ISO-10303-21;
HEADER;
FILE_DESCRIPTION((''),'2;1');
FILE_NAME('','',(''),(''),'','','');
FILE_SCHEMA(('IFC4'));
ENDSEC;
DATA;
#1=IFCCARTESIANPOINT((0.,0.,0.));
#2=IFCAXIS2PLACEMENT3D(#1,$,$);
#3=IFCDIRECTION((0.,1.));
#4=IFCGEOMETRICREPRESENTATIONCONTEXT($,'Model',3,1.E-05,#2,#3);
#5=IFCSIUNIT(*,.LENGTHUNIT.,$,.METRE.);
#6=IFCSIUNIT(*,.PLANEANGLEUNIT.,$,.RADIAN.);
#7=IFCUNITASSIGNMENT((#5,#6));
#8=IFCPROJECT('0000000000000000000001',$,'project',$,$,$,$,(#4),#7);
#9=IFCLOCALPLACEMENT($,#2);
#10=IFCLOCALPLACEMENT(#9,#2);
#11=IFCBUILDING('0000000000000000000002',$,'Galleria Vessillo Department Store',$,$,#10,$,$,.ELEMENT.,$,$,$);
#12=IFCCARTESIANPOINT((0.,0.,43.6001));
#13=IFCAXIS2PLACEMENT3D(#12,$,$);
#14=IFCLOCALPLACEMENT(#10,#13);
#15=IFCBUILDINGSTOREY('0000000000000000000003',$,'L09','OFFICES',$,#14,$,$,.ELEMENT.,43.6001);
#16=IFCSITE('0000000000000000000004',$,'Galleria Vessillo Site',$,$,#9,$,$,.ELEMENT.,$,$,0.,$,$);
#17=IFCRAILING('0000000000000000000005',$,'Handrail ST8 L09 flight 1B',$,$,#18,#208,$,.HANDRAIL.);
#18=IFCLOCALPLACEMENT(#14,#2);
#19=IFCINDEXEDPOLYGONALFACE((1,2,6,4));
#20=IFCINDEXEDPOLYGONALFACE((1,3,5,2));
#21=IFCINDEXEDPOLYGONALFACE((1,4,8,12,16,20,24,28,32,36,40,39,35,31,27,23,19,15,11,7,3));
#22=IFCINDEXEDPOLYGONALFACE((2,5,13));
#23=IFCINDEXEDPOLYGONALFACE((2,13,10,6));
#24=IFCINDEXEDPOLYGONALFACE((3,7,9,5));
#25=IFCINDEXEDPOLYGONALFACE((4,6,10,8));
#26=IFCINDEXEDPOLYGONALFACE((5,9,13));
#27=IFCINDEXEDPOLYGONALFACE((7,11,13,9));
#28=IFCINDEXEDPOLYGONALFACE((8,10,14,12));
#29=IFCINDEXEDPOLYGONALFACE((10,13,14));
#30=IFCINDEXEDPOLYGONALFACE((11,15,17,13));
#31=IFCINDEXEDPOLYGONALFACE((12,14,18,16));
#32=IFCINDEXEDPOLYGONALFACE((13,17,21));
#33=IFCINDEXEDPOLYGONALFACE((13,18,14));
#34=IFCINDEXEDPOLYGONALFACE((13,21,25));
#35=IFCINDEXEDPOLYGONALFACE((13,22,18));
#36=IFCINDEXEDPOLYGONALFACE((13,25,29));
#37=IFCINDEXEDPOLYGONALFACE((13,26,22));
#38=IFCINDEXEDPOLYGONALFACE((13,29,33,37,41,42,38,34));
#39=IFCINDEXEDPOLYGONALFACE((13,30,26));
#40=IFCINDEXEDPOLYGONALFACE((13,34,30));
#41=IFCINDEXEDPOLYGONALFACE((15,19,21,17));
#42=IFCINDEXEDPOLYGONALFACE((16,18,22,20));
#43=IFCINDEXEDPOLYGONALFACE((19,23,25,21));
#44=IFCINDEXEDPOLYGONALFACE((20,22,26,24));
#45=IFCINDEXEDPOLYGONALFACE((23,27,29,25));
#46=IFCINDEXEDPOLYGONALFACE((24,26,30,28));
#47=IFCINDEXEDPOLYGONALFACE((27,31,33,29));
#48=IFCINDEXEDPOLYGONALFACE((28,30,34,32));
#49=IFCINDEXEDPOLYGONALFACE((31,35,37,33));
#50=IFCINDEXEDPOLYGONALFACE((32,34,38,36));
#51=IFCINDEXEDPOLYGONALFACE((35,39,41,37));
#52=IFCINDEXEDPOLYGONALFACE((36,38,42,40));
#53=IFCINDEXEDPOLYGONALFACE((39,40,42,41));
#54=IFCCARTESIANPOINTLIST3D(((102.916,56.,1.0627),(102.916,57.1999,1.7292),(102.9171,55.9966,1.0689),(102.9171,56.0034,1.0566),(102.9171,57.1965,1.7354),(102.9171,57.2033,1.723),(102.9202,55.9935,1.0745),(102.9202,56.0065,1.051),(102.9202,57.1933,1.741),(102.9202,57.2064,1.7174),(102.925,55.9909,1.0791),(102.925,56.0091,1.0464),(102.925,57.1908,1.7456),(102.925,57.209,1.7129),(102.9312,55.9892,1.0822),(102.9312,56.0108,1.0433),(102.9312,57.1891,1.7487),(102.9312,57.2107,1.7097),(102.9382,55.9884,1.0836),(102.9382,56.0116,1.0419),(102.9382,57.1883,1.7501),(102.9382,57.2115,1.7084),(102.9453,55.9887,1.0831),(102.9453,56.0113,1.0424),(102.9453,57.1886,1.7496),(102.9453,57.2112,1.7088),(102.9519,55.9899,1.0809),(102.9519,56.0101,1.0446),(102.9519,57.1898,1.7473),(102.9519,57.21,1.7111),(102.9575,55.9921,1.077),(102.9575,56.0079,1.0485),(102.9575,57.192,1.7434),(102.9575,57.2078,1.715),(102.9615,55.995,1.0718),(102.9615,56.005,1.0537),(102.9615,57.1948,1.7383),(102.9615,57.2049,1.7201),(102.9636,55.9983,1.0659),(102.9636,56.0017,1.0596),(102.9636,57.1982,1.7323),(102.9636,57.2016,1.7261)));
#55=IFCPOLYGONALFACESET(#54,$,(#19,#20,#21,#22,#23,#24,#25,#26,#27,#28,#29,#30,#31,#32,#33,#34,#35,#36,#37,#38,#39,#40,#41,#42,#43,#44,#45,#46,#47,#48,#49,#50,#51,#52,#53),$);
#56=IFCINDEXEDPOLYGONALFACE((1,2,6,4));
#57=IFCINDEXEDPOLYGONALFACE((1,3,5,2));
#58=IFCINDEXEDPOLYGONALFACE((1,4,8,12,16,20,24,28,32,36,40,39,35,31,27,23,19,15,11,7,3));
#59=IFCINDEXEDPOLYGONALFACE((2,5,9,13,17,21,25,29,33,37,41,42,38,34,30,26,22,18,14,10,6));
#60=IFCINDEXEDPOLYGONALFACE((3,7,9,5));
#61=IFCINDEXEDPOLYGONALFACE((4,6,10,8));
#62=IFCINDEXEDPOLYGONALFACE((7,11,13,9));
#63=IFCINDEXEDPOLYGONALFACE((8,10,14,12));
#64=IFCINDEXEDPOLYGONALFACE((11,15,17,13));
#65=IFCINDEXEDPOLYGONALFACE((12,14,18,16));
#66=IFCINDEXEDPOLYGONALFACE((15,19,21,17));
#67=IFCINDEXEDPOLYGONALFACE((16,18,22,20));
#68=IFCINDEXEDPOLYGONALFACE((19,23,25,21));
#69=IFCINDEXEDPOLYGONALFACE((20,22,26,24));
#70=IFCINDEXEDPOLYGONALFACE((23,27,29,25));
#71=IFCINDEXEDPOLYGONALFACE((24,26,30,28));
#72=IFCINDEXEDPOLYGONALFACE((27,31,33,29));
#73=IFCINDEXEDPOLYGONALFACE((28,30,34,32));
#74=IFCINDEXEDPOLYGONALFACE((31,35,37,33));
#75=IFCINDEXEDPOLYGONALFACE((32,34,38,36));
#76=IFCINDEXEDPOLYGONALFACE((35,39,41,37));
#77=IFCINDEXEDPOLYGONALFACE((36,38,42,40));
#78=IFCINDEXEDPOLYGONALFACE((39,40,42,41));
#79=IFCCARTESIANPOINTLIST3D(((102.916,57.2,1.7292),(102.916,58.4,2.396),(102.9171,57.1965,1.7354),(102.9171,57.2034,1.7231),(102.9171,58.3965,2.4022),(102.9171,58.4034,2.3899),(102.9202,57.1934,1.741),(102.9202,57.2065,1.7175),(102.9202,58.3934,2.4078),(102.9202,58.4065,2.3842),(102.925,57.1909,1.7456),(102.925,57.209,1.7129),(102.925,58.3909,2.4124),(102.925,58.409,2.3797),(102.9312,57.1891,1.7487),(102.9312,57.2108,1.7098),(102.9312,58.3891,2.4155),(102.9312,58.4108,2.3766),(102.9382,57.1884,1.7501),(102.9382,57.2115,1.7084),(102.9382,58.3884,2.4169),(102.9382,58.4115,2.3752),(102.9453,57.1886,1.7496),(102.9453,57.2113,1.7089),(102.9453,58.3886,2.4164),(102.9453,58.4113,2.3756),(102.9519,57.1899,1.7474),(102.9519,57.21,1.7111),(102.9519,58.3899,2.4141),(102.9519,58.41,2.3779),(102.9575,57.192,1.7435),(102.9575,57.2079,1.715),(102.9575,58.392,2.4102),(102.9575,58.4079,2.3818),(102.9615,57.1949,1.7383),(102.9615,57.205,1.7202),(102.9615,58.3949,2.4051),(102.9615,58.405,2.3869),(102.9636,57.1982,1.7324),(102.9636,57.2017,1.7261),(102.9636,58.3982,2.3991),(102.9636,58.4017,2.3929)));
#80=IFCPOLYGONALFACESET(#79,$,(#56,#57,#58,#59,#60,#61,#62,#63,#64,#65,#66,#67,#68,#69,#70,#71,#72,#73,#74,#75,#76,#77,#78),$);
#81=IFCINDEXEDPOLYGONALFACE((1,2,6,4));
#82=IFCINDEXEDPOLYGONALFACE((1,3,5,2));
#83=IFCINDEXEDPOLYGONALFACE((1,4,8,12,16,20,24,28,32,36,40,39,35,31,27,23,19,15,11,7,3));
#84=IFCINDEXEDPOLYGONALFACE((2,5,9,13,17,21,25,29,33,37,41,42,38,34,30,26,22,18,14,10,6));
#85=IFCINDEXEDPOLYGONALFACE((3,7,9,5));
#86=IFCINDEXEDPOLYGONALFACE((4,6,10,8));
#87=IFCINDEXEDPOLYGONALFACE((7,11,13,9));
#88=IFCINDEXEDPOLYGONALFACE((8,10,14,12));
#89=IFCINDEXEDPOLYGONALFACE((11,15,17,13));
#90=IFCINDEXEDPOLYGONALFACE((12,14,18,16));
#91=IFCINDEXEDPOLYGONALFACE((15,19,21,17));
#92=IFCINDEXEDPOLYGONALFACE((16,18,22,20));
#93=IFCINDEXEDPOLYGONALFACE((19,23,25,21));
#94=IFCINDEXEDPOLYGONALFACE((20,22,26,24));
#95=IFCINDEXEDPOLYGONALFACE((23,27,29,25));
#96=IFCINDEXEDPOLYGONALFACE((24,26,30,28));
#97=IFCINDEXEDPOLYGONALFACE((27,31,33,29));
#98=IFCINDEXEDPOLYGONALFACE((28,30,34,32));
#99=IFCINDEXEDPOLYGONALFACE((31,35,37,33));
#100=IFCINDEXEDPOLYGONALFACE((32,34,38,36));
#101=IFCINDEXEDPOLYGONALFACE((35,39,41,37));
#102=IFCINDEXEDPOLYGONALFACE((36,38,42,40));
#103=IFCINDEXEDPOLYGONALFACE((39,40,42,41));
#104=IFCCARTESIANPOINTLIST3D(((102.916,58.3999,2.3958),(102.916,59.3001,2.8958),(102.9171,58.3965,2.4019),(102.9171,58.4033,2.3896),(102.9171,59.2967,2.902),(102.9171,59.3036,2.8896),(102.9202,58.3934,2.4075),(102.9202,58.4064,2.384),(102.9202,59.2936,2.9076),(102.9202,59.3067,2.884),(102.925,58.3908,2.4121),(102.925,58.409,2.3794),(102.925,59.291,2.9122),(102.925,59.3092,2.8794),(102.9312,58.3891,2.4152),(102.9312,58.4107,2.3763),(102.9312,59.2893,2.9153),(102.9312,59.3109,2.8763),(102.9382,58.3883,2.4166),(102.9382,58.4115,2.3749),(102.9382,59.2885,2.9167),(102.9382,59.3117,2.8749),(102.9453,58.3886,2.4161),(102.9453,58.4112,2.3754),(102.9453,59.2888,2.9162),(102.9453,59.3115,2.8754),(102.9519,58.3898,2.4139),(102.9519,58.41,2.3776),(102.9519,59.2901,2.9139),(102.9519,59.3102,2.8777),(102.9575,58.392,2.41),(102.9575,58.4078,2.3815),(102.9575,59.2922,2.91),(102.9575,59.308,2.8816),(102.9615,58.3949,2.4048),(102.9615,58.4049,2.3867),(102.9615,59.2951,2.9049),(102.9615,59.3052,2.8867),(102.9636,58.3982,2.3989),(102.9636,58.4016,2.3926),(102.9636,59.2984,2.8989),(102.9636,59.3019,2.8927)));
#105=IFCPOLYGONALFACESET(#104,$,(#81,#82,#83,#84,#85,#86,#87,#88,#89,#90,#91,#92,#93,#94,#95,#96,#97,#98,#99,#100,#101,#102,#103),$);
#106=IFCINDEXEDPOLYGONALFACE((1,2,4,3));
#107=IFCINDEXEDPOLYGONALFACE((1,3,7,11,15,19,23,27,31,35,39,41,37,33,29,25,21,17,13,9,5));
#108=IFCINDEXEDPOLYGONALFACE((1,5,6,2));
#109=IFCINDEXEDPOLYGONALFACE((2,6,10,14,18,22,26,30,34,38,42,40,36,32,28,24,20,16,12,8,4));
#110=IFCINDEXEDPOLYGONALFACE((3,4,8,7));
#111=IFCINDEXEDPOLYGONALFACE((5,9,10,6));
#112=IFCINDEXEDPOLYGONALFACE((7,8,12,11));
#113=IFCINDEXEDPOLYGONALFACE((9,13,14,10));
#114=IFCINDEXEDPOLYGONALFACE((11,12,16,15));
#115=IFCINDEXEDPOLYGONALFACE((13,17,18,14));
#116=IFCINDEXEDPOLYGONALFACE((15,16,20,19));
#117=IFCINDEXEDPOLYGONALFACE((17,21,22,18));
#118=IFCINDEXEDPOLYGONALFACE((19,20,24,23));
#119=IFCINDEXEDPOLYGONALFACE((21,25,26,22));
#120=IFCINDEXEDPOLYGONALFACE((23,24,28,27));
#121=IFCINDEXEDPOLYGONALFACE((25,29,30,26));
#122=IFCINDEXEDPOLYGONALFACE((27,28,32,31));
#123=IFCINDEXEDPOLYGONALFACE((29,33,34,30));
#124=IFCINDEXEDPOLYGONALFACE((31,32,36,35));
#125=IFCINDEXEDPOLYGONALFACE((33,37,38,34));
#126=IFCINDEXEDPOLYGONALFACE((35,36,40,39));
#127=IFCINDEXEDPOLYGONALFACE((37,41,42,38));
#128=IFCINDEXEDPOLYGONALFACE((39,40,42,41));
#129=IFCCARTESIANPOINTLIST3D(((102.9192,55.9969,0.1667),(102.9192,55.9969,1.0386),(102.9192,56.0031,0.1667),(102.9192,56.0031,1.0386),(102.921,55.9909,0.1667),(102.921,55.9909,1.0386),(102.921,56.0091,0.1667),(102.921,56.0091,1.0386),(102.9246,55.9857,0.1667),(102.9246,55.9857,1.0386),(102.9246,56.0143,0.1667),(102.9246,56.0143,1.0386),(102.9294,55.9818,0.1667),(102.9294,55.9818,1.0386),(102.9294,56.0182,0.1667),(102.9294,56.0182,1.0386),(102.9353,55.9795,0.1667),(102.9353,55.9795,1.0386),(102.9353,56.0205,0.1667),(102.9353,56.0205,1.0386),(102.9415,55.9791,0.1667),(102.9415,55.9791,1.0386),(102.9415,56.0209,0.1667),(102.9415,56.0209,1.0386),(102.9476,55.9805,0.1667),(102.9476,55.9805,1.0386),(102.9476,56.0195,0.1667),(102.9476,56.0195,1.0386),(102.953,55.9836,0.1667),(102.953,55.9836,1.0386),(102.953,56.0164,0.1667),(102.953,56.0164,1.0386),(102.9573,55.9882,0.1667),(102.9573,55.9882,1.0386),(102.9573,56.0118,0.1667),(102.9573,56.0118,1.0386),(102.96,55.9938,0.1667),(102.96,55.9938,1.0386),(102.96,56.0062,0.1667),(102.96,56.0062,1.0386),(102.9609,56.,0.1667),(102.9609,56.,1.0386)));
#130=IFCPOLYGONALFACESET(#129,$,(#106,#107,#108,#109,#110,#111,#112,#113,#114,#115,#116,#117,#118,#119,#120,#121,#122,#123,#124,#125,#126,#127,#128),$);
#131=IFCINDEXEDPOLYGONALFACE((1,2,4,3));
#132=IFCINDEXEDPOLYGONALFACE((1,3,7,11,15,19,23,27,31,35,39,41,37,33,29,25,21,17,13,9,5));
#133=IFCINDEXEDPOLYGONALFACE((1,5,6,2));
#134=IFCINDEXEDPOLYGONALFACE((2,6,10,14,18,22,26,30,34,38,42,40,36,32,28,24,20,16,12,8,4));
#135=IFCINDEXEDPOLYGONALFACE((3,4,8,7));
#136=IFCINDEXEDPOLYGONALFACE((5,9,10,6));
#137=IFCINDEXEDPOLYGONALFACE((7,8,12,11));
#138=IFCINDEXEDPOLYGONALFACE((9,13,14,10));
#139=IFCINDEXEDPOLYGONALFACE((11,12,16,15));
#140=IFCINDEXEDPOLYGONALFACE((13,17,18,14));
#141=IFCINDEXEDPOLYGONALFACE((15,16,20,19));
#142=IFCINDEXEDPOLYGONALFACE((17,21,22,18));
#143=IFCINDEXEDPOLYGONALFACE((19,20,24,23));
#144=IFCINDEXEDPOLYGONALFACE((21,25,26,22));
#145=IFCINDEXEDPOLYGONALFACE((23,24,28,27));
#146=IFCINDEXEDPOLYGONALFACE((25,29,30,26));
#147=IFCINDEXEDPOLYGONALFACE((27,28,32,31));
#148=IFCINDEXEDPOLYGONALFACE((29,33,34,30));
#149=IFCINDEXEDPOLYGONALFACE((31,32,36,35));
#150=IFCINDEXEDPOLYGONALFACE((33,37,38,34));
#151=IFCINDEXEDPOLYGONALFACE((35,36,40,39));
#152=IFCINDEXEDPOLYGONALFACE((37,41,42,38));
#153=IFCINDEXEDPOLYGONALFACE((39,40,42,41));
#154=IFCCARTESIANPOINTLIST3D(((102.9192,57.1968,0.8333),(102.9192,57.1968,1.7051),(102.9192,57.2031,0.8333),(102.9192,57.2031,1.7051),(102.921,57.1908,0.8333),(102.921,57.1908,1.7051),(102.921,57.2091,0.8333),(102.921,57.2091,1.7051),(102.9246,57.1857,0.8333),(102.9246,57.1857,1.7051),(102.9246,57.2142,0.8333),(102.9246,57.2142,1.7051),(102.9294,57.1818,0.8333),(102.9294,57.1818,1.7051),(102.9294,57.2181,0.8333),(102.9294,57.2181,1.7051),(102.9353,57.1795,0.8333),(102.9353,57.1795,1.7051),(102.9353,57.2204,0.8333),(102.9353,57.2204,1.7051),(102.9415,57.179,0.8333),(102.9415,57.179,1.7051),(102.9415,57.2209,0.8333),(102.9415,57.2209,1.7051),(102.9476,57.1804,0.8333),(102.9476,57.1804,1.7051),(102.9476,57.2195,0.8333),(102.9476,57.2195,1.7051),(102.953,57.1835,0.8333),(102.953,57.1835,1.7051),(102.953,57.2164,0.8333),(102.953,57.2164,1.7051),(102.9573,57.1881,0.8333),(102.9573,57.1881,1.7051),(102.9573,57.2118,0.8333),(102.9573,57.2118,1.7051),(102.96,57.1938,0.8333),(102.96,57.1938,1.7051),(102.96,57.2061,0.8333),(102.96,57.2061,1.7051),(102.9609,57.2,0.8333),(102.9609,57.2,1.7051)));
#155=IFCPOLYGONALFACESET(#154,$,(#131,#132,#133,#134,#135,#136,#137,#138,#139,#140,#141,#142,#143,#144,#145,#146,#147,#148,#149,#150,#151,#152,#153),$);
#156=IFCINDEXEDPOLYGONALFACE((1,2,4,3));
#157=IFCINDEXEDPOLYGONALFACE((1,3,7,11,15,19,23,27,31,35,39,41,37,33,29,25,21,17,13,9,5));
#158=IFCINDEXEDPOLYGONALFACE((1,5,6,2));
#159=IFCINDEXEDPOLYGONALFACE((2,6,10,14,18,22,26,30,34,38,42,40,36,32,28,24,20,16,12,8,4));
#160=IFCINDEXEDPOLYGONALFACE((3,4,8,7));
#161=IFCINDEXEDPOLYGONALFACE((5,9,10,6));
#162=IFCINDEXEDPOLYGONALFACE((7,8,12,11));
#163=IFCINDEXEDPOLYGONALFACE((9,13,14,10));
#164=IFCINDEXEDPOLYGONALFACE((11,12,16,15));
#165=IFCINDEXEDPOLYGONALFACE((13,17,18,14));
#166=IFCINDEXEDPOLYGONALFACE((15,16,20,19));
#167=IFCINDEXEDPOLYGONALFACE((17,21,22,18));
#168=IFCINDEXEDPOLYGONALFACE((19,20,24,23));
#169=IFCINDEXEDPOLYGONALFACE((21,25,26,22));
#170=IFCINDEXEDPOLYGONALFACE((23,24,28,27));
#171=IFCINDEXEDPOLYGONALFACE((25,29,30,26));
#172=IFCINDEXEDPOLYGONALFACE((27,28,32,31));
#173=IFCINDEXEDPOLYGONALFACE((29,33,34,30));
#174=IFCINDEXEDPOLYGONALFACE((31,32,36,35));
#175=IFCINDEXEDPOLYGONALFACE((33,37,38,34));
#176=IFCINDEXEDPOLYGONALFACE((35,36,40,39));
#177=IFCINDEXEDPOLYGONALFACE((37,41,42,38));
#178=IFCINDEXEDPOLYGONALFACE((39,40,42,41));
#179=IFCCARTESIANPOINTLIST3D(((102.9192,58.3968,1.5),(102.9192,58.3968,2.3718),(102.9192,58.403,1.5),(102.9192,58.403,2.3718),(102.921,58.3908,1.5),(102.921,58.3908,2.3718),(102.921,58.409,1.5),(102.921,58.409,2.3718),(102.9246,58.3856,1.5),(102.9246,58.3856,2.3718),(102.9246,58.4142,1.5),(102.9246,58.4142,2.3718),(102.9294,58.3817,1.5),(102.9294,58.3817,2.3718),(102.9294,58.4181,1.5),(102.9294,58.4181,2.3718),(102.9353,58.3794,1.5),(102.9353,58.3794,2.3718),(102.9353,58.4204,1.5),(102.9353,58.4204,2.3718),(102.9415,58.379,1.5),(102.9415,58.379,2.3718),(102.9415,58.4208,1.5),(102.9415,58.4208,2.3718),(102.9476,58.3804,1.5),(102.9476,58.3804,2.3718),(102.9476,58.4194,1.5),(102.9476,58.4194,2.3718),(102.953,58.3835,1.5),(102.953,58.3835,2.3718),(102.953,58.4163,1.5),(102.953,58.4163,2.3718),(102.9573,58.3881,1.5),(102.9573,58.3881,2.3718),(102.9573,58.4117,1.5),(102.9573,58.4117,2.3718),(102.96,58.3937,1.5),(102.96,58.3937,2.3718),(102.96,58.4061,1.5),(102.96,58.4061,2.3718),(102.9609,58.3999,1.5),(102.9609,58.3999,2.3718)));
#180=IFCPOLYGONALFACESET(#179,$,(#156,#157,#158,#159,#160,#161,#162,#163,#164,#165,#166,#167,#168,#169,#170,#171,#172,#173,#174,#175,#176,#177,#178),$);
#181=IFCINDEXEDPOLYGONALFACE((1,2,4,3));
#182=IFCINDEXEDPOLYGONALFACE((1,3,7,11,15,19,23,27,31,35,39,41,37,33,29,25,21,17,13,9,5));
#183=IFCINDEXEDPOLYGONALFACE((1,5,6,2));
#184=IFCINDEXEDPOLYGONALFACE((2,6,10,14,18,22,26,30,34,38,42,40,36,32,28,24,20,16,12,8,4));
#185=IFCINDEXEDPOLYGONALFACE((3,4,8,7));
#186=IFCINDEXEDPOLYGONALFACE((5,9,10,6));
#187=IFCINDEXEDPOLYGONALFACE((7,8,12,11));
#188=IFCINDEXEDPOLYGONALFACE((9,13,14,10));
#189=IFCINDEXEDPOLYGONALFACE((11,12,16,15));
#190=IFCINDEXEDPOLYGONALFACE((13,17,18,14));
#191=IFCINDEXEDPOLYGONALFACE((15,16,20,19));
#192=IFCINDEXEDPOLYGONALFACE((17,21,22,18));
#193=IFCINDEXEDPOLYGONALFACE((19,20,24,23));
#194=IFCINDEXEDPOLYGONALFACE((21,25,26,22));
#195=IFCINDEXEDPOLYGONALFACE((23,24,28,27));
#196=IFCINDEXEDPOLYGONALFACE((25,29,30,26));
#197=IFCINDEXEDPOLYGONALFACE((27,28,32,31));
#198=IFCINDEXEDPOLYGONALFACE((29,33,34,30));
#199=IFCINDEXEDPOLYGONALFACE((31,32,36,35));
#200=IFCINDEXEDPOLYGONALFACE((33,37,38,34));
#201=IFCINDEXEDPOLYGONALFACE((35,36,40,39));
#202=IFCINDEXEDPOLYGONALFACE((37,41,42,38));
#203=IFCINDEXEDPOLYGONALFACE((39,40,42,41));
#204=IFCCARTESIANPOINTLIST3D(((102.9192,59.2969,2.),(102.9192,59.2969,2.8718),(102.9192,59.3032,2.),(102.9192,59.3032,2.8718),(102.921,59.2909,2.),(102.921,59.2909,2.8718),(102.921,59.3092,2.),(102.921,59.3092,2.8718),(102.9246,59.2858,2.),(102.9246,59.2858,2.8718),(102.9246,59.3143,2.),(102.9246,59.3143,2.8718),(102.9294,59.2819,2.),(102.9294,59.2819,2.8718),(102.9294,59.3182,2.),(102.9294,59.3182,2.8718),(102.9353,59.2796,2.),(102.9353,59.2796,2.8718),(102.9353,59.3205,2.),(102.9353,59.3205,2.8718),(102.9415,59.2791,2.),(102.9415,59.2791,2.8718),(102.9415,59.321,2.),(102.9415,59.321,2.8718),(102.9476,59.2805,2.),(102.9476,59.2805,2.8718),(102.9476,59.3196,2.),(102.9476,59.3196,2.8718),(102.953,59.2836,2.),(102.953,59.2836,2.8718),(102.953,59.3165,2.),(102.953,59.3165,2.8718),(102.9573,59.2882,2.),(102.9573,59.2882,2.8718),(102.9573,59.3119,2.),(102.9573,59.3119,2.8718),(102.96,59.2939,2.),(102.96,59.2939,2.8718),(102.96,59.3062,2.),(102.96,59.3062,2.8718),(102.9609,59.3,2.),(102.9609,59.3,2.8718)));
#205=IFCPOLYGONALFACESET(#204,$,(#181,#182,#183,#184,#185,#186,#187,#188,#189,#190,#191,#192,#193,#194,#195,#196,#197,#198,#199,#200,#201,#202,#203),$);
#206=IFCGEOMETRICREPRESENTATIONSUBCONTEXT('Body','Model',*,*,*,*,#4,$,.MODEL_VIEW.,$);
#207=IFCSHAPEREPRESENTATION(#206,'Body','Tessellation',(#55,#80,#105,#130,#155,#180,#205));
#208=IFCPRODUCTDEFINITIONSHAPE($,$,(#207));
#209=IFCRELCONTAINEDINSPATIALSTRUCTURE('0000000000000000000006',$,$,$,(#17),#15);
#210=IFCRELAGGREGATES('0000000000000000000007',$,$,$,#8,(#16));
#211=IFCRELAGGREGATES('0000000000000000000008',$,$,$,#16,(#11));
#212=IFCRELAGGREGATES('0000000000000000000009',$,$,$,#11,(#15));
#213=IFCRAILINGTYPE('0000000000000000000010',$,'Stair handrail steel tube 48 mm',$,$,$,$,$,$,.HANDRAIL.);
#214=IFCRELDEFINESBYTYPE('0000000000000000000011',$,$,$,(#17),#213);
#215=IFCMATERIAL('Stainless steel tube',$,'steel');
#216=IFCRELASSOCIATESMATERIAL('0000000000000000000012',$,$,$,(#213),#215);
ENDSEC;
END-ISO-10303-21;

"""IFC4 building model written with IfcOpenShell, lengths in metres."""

from ifc_helpers import new_model, si_unit, direction, frame, origin, origin_2d, place, context, subcontext, project, spatial, circle, extrude, material, type_object, element, save


model = new_model("IFC4")

# Units and contexts
model_context = context("Model", 3, precision=1e-05, world=origin(), true_north=direction((0.0, 1.0)))
body_context = subcontext(model_context, "Body", "Model", "MODEL_VIEW")
ifc_project = project(units=[si_unit("LENGTHUNIT", "METRE"), si_unit("PLANEANGLEUNIT", "RADIAN")], contexts=[model_context])

# Site, building, storey
site_placement = place(None, origin())
site = spatial("IfcSite", under=ifc_project, at=site_placement, Name="Galleria Vessillo Site", CompositionType="ELEMENT", RefElevation=0.0)
building_placement = place(site_placement, origin())
building = spatial("IfcBuilding", under=site, at=building_placement, Name="Galleria Vessillo Department Store", CompositionType="ELEMENT")
storey_placement = place(building_placement, frame((0.0, 0.0, 43.6001)))
storey = spatial("IfcBuildingStorey", under=building, at=storey_placement, Name="L09", Description="OFFICES", CompositionType="ELEMENT", Elevation=43.6001)

# Railing
ifc_material_1 = material(Name="Stainless steel tube", Category="steel")
railing_type = type_object("IfcRailingType", Name="Stair handrail steel tube 48 mm", PredefinedType="HANDRAIL", material=ifc_material_1)
for number, where, name in (
    (1, (102.9399, 56.0, 0.1667), "Handrail ST8 L09 flight 1B"),
):
    element("IfcRailing", number, at=place(storey_placement, frame(where)), inside=storey, type_object=railing_type, Name=name, PredefinedType="HANDRAIL", context=body_context, shape_type="SweptSolid", body=[
        extrude(circle(Radius=0.0239, at=origin_2d()), frame((0.0, 0.0, 0.896), z_axis=(0.0, 0.874199, 0.485567), x_axis=(-1.0, 0.0, 0.0)), (0.0, 0.0, 1.0), 1.3726),
        extrude(circle(Radius=0.0239, at=origin_2d()), frame((0.0, 1.2, 1.5625), z_axis=(0.0, 0.874124, 0.485703), x_axis=(-1.0, 0.0, 0.0)), (0.0, 0.0, 1.0), 1.3728),
        extrude(circle(Radius=0.0239, at=origin_2d()), frame((0.0, 2.3999, 2.229), z_axis=(0.0, 0.874191, 0.485583), x_axis=(-1.0, 0.0, 0.0)), (0.0, 0.0, 1.0), 1.0298),
        extrude(circle(Radius=0.021, at=origin_2d()), origin(), (0.0, 0.0, 1.0), 0.8718),
        extrude(circle(Radius=0.021, at=origin_2d()), frame((0.0, 1.2, 0.6665)), (0.0, 0.0, 1.0), 0.8718),
        extrude(circle(Radius=0.021, at=origin_2d()), frame((0.0, 2.3999, 1.3333)), (0.0, 0.0, 1.0), 0.8718),
        extrude(circle(Radius=0.021, at=origin_2d()), frame((0.0, 3.3, 1.8333)), (0.0, 0.0, 1.0), 0.8718),
    ])

save(model, "model.ifc")
